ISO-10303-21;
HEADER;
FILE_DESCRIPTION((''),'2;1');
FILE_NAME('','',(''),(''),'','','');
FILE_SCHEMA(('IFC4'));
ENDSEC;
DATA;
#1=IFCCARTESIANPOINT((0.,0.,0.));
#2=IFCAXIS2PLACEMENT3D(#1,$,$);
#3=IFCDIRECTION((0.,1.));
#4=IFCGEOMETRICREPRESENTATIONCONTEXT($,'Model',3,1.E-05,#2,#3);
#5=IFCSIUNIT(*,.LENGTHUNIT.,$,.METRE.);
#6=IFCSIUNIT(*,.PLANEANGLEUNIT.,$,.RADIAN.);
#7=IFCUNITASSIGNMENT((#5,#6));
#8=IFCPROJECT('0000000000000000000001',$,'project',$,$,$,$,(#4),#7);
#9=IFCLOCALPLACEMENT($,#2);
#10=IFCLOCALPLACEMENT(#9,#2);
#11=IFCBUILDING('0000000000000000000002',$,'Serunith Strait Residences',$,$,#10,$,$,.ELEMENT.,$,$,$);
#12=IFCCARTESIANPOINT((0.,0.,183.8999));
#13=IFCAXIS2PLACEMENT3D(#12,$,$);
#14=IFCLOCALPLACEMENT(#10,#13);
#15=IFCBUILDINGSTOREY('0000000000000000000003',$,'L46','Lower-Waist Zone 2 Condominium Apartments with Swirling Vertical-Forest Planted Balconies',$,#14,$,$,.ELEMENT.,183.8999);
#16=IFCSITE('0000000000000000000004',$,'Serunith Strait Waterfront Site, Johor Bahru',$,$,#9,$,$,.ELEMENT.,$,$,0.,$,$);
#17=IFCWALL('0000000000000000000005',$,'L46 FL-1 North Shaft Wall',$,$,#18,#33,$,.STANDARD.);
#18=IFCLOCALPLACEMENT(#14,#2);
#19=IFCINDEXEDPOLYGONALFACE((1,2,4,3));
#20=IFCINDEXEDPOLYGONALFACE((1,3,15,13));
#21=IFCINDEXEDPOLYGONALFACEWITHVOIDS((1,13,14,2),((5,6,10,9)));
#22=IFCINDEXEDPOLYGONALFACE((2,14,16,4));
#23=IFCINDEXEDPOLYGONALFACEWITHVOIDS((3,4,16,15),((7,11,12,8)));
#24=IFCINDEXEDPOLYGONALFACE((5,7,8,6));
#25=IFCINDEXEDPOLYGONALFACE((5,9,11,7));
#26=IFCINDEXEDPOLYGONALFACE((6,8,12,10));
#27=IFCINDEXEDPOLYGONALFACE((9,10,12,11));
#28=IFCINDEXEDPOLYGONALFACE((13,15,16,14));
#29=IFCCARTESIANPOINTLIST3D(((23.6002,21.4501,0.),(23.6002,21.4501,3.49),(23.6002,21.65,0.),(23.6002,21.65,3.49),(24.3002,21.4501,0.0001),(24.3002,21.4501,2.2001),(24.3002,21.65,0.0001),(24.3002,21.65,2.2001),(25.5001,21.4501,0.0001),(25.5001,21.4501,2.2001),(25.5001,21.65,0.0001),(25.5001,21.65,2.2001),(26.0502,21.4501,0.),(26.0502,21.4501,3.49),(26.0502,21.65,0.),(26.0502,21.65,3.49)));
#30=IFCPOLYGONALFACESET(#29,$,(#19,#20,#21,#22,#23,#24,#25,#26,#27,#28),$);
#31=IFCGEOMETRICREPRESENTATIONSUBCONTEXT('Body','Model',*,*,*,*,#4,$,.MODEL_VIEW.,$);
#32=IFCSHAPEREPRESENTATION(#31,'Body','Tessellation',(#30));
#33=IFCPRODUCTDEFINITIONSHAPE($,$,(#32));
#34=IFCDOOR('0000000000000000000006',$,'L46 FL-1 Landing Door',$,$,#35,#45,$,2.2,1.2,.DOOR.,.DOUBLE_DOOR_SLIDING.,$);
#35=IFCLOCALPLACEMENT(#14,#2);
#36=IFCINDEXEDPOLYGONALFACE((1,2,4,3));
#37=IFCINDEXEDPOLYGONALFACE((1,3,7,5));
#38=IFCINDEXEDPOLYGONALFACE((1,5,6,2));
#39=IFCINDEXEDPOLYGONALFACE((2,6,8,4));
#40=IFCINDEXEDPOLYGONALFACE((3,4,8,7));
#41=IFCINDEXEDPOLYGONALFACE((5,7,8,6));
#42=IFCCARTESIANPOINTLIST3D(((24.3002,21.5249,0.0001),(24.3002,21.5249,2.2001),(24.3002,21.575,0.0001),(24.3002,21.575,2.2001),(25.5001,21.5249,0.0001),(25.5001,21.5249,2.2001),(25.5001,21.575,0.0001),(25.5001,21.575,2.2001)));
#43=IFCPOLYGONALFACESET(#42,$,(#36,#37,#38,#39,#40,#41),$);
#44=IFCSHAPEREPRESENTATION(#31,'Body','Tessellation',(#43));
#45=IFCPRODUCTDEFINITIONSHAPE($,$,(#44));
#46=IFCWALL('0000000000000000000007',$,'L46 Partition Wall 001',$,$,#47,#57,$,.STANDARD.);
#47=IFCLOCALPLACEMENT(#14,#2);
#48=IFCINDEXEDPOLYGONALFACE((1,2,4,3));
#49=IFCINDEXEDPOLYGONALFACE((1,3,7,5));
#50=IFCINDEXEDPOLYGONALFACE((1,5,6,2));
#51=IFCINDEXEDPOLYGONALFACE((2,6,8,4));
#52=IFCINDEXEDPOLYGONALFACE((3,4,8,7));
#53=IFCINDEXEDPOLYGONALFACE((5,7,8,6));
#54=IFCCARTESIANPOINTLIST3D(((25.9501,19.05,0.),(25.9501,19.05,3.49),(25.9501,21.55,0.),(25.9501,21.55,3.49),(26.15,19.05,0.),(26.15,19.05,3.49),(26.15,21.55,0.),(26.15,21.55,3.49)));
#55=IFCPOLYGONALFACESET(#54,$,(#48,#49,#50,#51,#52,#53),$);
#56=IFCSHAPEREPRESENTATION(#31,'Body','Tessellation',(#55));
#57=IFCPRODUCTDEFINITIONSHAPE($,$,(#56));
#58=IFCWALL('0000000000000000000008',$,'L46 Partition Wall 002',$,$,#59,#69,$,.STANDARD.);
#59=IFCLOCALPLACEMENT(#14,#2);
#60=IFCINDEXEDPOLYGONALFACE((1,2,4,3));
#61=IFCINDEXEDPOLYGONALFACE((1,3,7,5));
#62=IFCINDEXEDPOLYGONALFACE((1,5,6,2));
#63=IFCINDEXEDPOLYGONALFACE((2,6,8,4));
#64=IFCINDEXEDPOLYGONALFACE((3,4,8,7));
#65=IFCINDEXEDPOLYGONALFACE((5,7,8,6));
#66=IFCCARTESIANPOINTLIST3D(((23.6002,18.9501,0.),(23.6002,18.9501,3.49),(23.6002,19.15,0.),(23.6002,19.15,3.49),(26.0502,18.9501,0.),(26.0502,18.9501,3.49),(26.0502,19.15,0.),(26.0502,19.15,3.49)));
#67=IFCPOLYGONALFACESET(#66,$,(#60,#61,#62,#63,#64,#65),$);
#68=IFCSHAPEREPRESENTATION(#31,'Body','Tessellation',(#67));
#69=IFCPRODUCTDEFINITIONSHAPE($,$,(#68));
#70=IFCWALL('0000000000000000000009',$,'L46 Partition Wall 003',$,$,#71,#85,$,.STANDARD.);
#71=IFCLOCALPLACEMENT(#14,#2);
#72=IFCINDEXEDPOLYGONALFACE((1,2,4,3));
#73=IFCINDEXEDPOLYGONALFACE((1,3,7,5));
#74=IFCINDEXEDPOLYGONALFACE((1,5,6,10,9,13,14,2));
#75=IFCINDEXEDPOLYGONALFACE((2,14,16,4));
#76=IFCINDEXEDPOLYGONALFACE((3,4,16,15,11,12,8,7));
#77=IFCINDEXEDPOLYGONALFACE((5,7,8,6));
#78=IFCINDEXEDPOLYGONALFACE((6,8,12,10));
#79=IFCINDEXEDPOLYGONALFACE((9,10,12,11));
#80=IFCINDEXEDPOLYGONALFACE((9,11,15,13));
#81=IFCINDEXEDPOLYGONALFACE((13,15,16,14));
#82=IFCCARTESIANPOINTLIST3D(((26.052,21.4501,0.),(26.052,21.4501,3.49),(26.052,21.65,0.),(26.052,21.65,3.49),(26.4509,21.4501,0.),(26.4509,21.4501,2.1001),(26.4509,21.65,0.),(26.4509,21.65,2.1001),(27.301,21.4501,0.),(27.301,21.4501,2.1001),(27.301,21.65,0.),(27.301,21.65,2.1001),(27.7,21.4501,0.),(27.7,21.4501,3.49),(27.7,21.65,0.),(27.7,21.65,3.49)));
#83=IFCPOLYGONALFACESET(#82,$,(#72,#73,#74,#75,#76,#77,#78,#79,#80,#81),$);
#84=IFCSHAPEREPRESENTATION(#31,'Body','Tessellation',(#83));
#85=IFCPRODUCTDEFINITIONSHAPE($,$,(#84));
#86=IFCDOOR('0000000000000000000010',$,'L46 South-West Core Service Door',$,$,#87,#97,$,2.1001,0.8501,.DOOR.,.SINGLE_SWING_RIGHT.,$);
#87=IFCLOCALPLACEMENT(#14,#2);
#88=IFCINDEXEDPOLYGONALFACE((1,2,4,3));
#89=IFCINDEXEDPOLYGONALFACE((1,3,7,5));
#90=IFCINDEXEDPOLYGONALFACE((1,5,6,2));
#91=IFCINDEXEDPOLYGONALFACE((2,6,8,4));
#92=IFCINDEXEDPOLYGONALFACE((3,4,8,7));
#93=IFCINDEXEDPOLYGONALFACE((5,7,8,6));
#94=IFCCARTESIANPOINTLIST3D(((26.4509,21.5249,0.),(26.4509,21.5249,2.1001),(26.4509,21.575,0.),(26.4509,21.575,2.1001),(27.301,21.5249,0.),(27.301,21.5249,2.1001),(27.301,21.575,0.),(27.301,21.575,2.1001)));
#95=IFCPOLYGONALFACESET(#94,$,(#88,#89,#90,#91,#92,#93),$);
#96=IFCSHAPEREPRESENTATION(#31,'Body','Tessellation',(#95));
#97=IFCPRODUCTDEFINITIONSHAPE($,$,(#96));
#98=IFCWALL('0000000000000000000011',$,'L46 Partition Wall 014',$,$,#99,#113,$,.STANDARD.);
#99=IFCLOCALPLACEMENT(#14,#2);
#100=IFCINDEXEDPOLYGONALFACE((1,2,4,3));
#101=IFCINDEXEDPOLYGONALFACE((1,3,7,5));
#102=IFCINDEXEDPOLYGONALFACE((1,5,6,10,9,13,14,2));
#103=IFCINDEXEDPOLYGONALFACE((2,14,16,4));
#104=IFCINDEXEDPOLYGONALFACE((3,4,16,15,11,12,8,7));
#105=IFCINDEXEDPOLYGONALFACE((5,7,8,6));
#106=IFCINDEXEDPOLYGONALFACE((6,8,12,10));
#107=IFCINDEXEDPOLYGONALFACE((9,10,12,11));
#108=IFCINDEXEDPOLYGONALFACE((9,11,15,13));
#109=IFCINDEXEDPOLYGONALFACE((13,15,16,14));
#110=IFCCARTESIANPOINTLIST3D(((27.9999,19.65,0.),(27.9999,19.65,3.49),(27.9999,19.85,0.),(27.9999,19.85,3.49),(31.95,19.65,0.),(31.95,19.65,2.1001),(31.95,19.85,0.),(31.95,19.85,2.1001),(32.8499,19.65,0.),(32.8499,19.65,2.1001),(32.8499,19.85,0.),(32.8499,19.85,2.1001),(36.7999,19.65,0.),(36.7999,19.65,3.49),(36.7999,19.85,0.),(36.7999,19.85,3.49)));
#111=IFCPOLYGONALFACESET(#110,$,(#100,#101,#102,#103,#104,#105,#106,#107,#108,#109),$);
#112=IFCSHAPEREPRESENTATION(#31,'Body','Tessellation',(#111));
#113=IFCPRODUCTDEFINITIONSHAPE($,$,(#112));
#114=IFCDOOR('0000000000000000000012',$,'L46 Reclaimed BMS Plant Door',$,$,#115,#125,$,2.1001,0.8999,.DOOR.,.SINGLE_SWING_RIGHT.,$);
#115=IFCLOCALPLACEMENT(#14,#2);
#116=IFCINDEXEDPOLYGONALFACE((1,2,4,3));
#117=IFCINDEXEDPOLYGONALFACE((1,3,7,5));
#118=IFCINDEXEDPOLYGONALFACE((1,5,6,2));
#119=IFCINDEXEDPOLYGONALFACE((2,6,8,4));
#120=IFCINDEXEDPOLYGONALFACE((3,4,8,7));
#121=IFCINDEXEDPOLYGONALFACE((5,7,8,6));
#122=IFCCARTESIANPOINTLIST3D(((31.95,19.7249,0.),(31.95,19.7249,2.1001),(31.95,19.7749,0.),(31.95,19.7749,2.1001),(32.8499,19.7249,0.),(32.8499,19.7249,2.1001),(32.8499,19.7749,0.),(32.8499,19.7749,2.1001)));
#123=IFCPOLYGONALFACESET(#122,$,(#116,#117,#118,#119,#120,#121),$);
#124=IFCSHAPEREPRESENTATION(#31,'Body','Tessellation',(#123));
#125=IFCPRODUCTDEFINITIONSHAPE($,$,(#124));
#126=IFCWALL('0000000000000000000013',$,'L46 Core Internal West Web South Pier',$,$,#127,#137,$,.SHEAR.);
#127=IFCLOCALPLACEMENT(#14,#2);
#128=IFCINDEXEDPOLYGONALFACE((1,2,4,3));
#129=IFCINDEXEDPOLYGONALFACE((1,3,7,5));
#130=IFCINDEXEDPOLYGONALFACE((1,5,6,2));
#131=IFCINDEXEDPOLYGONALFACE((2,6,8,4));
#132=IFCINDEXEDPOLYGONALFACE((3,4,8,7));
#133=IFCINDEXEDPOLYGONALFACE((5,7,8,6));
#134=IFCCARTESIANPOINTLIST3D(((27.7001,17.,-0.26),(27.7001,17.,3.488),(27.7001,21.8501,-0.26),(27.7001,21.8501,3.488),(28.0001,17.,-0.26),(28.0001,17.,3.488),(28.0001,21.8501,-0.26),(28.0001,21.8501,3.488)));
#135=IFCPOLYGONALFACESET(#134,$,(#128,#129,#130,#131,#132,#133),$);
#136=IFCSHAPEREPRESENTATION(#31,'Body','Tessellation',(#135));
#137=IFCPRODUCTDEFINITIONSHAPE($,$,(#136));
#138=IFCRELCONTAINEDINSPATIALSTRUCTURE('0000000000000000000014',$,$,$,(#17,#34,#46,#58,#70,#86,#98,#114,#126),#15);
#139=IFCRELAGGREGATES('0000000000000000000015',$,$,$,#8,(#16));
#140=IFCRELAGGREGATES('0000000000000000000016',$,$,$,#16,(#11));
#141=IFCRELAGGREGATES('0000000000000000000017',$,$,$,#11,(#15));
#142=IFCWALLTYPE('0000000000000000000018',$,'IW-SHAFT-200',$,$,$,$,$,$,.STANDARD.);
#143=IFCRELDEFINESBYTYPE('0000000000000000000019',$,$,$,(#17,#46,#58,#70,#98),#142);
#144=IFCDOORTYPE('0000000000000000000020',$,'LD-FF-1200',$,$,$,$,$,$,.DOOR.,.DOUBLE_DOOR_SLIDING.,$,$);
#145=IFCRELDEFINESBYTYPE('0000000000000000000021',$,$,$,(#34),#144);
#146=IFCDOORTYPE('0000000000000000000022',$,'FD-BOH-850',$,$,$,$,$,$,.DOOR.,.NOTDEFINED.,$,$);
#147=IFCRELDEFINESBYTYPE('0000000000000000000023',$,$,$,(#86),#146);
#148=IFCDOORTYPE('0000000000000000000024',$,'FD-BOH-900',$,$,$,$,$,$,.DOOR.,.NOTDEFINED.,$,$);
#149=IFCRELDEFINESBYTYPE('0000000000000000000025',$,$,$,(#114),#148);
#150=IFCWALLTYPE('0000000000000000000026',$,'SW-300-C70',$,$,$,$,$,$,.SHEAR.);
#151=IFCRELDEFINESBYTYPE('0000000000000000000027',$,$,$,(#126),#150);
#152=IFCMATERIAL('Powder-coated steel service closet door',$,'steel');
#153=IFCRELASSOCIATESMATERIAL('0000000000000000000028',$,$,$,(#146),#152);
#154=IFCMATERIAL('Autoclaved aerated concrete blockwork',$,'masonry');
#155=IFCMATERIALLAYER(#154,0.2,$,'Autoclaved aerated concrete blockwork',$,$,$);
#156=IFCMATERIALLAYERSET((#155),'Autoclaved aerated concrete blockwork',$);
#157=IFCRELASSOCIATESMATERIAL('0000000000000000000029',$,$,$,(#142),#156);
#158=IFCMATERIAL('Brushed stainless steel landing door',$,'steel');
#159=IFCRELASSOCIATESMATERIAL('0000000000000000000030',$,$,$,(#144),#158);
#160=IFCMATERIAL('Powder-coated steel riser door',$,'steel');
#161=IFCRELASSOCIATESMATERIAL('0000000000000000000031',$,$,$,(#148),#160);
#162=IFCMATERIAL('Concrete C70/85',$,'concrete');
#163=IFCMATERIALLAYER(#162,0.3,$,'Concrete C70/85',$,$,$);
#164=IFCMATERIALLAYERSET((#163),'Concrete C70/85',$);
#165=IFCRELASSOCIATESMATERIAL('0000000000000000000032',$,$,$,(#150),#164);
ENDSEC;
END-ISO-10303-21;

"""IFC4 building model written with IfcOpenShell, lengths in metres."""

from ifc_helpers import new_model, si_unit, direction, frame, frame_2d, origin, place, context, subcontext, project, spatial, rectangle, extrude, source, transform, mapped, material, layer, layer_set, type_object, element, fill, save


model = new_model("IFC4")

# Units and contexts
model_context = context("Model", 3, precision=1e-05, world=origin(), true_north=direction((0.0, 1.0)))
body_context = subcontext(model_context, "Body", "Model", "MODEL_VIEW")
ifc_project = project(units=[si_unit("LENGTHUNIT", "METRE"), si_unit("PLANEANGLEUNIT", "RADIAN")], contexts=[model_context])

# Site, building, storey
site_placement = place(None, origin())
site = spatial("IfcSite", under=ifc_project, at=site_placement, Name="Serunith Strait Waterfront Site, Johor Bahru", CompositionType="ELEMENT", RefElevation=0.0)
building_placement = place(site_placement, origin())
building = spatial("IfcBuilding", under=site, at=building_placement, Name="Serunith Strait Residences", CompositionType="ELEMENT")
storey_placement = place(building_placement, frame((0.0, 0.0, 183.8999)))
storey = spatial("IfcBuildingStorey", under=building, at=storey_placement, Name="L46", Description="Lower-Waist Zone 2 Condominium Apartments with Swirling Vertical-Forest Planted Balconies", CompositionType="ELEMENT", Elevation=183.8999)

# Shared definitions
ifc_material_1 = material(Name="Powder-coated steel service closet door", Category="steel")
door_type_1 = type_object("IfcDoorType", Name="FD-BOH-850", OperationType="NOTDEFINED", PredefinedType="DOOR", material=ifc_material_1)
shared_shape_1 = source(origin(), body_context, "Body", "SweptSolid", [
    extrude(rectangle(XDim=0.8501, YDim=2.1001, at=frame_2d((0.425, 1.05))), frame((0.0, 0.0249, 0.0), z_axis=(0.0, -1.0, 0.0), x_axis=(1.0, 0.0, 0.0)), (0.0, 0.0, 1.0), 0.05),
])

# Wall, opening, door
ifc_material_2 = material(Name="Autoclaved aerated concrete blockwork", Category="masonry")
ifc_layer_1 = layer(ifc_material_2, 0.2, Name="Autoclaved aerated concrete blockwork")
ifc_layer_set_1 = layer_set([ifc_layer_1], Name="Autoclaved aerated concrete blockwork")
wall_type_1 = type_object("IfcWallType", Name="IW-SHAFT-200", PredefinedType="STANDARD", material=ifc_layer_set_1)
wall_1_placement = place(storey_placement, frame((23.6001, 21.55, 0.0), z_axis=(0.0, 0.0, 1.0), x_axis=(1.0, 0.0, 0.0)))
wall_1 = element("IfcWall", 1, at=wall_1_placement, inside=storey, type_object=wall_type_1, Name="L46 FL-1 North Shaft Wall", PredefinedType="STANDARD", context=body_context, shape_type="SweptSolid", body=[
    extrude(rectangle(XDim=2.45, YDim=0.2, at=frame_2d((1.2251, 0.0))), origin(), (0.0, 0.0, 1.0), 3.49),
])
opening_1_placement = place(wall_1_placement, frame((0.7, 0.0, 0.0)))
opening_1 = element("IfcOpeningElement", 2, at=opening_1_placement, cuts=wall_1, PredefinedType="OPENING", context=body_context, shape_type="SweptSolid", body=[
    extrude(rectangle(XDim=1.2, YDim=2.2, at=frame_2d((0.6001, 1.1001))), frame((0.0, 0.1099, 0.0), z_axis=(0.0, -1.0, 0.0), x_axis=(1.0, 0.0, 0.0)), (0.0, 0.0, 1.0), 0.22),
])
ifc_material_3 = material(Name="Brushed stainless steel landing door", Category="steel")
door_type_2 = type_object("IfcDoorType", Name="LD-FF-1200", OperationType="DOUBLE_DOOR_SLIDING", PredefinedType="DOOR", material=ifc_material_3)
shared_shape_2 = source(origin(), body_context, "Body", "SweptSolid", [
    extrude(rectangle(XDim=1.2, YDim=2.2, at=frame_2d((0.6001, 1.1001))), frame((0.0, 0.0249, 0.0), z_axis=(0.0, -1.0, 0.0), x_axis=(1.0, 0.0, 0.0)), (0.0, 0.0, 1.0), 0.05),
])
door_1_placement = place(opening_1_placement, origin())
door_1 = element("IfcDoor", 3, at=door_1_placement, inside=storey, type_object=door_type_2, Name="L46 FL-1 Landing Door", OperationType="DOUBLE_DOOR_SLIDING", OverallHeight=2.2, OverallWidth=1.2, PredefinedType="DOOR", context=body_context, shape_type="MappedRepresentation", body=[
    mapped(shared_shape_2, transform((0.0, 0.0, 0.0), scale=1.0)),
])
fill(opening_1, door_1)

# Walls
wall_2_placement = place(storey_placement, frame((26.05, 19.05, 0.0), z_axis=(0.0, 0.0, 1.0), x_axis=(0.0, 1.0, 0.0)))
element("IfcWall", 4, at=wall_2_placement, inside=storey, type_object=wall_type_1, Name="L46 Partition Wall 001", PredefinedType="STANDARD", context=body_context, shape_type="SweptSolid", body=[
    extrude(rectangle(XDim=2.5, YDim=0.2, at=frame_2d((1.25, 0.0))), origin(), (0.0, 0.0, 1.0), 3.49),
])
wall_3_placement = place(storey_placement, frame((23.6001, 19.05, 0.0), z_axis=(0.0, 0.0, 1.0), x_axis=(1.0, 0.0, 0.0)))
element("IfcWall", 5, at=wall_3_placement, inside=storey, type_object=wall_type_1, Name="L46 Partition Wall 002", PredefinedType="STANDARD", context=body_context, shape_type="SweptSolid", body=[
    extrude(rectangle(XDim=2.45, YDim=0.2, at=frame_2d((1.2251, 0.0))), origin(), (0.0, 0.0, 1.0), 3.49),
])

# Walls, openings, doors
wall_4_placement = place(storey_placement, frame((26.052, 21.55, 0.0), z_axis=(0.0, 0.0, 1.0), x_axis=(1.0, 0.0, 0.0)))
wall_4 = element("IfcWall", 6, at=wall_4_placement, inside=storey, type_object=wall_type_1, Name="L46 Partition Wall 003", PredefinedType="STANDARD", context=body_context, shape_type="SweptSolid", body=[
    extrude(rectangle(XDim=1.6479, YDim=0.2, at=frame_2d((0.824, 0.0))), origin(), (0.0, 0.0, 1.0), 3.49),
])
opening_2_placement = place(wall_4_placement, frame((0.3989, 0.0, 0.0)))
opening_2 = element("IfcOpeningElement", 7, at=opening_2_placement, cuts=wall_4, PredefinedType="OPENING", context=body_context, shape_type="SweptSolid", body=[
    extrude(rectangle(XDim=0.8501, YDim=2.1001, at=frame_2d((0.425, 1.05))), frame((0.0, 0.1099, 0.0), z_axis=(0.0, -1.0, 0.0), x_axis=(1.0, 0.0, 0.0)), (0.0, 0.0, 1.0), 0.22),
])
door_2_placement = place(opening_2_placement, origin())
door_2 = element("IfcDoor", 8, at=door_2_placement, inside=storey, type_object=door_type_1, Name="L46 South-West Core Service Door", OperationType="SINGLE_SWING_RIGHT", OverallHeight=2.1001, OverallWidth=0.8501, PredefinedType="DOOR", context=body_context, shape_type="MappedRepresentation", body=[
    mapped(shared_shape_1, transform((0.0, 0.0, 0.0), scale=1.0)),
])
fill(opening_2, door_2)
wall_5_placement = place(storey_placement, frame((28.0, 19.75, 0.0), z_axis=(0.0, 0.0, 1.0), x_axis=(1.0, 0.0, 0.0)))
wall_5 = element("IfcWall", 9, at=wall_5_placement, inside=storey, type_object=wall_type_1, Name="L46 Partition Wall 014", PredefinedType="STANDARD", context=body_context, shape_type="SweptSolid", body=[
    extrude(rectangle(XDim=8.8, YDim=0.2, at=frame_2d((4.3999, 0.0))), origin(), (0.0, 0.0, 1.0), 3.49),
])
opening_3_placement = place(wall_5_placement, frame((3.95, 0.0, 0.0)))
opening_3 = element("IfcOpeningElement", 10, at=opening_3_placement, cuts=wall_5, PredefinedType="OPENING", context=body_context, shape_type="SweptSolid", body=[
    extrude(rectangle(XDim=0.8999, YDim=2.1001, at=frame_2d((0.45, 1.05))), frame((0.0, 0.1099, 0.0), z_axis=(0.0, -1.0, 0.0), x_axis=(1.0, 0.0, 0.0)), (0.0, 0.0, 1.0), 0.22),
])
ifc_material_4 = material(Name="Powder-coated steel riser door", Category="steel")
door_type_3 = type_object("IfcDoorType", Name="FD-BOH-900", OperationType="NOTDEFINED", PredefinedType="DOOR", material=ifc_material_4)
shared_shape_3 = source(origin(), body_context, "Body", "SweptSolid", [
    extrude(rectangle(XDim=0.8999, YDim=2.1001, at=frame_2d((0.45, 1.05))), frame((0.0, 0.0249, 0.0), z_axis=(0.0, -1.0, 0.0), x_axis=(1.0, 0.0, 0.0)), (0.0, 0.0, 1.0), 0.05),
])
door_3_placement = place(opening_3_placement, origin())
door_3 = element("IfcDoor", 11, at=door_3_placement, inside=storey, type_object=door_type_3, Name="L46 Reclaimed BMS Plant Door", OperationType="SINGLE_SWING_RIGHT", OverallHeight=2.1001, OverallWidth=0.8999, PredefinedType="DOOR", context=body_context, shape_type="MappedRepresentation", body=[
    mapped(shared_shape_3, transform((0.0, 0.0, 0.0), scale=1.0)),
])
fill(opening_3, door_3)

# Wall
ifc_material_5 = material(Name="Concrete C70/85", Category="concrete")
ifc_layer_2 = layer(ifc_material_5, 0.3, Name="Concrete C70/85")
ifc_layer_set_2 = layer_set([ifc_layer_2], Name="Concrete C70/85")
wall_type_2 = type_object("IfcWallType", Name="SW-300-C70", PredefinedType="SHEAR", material=ifc_layer_set_2)
wall_6_placement = place(storey_placement, frame((27.8501, 17.0, -0.26), z_axis=(0.0, 0.0, 1.0), x_axis=(0.0, 1.0, 0.0)))
element("IfcWall", 12, at=wall_6_placement, inside=storey, type_object=wall_type_2, Name="L46 Core Internal West Web South Pier", PredefinedType="SHEAR", context=body_context, shape_type="SweptSolid", body=[
    extrude(rectangle(XDim=4.8501, YDim=0.3, at=frame_2d((2.425, 0.0))), origin(), (0.0, 0.0, 1.0), 3.748),
])

save(model, "model.ifc")
